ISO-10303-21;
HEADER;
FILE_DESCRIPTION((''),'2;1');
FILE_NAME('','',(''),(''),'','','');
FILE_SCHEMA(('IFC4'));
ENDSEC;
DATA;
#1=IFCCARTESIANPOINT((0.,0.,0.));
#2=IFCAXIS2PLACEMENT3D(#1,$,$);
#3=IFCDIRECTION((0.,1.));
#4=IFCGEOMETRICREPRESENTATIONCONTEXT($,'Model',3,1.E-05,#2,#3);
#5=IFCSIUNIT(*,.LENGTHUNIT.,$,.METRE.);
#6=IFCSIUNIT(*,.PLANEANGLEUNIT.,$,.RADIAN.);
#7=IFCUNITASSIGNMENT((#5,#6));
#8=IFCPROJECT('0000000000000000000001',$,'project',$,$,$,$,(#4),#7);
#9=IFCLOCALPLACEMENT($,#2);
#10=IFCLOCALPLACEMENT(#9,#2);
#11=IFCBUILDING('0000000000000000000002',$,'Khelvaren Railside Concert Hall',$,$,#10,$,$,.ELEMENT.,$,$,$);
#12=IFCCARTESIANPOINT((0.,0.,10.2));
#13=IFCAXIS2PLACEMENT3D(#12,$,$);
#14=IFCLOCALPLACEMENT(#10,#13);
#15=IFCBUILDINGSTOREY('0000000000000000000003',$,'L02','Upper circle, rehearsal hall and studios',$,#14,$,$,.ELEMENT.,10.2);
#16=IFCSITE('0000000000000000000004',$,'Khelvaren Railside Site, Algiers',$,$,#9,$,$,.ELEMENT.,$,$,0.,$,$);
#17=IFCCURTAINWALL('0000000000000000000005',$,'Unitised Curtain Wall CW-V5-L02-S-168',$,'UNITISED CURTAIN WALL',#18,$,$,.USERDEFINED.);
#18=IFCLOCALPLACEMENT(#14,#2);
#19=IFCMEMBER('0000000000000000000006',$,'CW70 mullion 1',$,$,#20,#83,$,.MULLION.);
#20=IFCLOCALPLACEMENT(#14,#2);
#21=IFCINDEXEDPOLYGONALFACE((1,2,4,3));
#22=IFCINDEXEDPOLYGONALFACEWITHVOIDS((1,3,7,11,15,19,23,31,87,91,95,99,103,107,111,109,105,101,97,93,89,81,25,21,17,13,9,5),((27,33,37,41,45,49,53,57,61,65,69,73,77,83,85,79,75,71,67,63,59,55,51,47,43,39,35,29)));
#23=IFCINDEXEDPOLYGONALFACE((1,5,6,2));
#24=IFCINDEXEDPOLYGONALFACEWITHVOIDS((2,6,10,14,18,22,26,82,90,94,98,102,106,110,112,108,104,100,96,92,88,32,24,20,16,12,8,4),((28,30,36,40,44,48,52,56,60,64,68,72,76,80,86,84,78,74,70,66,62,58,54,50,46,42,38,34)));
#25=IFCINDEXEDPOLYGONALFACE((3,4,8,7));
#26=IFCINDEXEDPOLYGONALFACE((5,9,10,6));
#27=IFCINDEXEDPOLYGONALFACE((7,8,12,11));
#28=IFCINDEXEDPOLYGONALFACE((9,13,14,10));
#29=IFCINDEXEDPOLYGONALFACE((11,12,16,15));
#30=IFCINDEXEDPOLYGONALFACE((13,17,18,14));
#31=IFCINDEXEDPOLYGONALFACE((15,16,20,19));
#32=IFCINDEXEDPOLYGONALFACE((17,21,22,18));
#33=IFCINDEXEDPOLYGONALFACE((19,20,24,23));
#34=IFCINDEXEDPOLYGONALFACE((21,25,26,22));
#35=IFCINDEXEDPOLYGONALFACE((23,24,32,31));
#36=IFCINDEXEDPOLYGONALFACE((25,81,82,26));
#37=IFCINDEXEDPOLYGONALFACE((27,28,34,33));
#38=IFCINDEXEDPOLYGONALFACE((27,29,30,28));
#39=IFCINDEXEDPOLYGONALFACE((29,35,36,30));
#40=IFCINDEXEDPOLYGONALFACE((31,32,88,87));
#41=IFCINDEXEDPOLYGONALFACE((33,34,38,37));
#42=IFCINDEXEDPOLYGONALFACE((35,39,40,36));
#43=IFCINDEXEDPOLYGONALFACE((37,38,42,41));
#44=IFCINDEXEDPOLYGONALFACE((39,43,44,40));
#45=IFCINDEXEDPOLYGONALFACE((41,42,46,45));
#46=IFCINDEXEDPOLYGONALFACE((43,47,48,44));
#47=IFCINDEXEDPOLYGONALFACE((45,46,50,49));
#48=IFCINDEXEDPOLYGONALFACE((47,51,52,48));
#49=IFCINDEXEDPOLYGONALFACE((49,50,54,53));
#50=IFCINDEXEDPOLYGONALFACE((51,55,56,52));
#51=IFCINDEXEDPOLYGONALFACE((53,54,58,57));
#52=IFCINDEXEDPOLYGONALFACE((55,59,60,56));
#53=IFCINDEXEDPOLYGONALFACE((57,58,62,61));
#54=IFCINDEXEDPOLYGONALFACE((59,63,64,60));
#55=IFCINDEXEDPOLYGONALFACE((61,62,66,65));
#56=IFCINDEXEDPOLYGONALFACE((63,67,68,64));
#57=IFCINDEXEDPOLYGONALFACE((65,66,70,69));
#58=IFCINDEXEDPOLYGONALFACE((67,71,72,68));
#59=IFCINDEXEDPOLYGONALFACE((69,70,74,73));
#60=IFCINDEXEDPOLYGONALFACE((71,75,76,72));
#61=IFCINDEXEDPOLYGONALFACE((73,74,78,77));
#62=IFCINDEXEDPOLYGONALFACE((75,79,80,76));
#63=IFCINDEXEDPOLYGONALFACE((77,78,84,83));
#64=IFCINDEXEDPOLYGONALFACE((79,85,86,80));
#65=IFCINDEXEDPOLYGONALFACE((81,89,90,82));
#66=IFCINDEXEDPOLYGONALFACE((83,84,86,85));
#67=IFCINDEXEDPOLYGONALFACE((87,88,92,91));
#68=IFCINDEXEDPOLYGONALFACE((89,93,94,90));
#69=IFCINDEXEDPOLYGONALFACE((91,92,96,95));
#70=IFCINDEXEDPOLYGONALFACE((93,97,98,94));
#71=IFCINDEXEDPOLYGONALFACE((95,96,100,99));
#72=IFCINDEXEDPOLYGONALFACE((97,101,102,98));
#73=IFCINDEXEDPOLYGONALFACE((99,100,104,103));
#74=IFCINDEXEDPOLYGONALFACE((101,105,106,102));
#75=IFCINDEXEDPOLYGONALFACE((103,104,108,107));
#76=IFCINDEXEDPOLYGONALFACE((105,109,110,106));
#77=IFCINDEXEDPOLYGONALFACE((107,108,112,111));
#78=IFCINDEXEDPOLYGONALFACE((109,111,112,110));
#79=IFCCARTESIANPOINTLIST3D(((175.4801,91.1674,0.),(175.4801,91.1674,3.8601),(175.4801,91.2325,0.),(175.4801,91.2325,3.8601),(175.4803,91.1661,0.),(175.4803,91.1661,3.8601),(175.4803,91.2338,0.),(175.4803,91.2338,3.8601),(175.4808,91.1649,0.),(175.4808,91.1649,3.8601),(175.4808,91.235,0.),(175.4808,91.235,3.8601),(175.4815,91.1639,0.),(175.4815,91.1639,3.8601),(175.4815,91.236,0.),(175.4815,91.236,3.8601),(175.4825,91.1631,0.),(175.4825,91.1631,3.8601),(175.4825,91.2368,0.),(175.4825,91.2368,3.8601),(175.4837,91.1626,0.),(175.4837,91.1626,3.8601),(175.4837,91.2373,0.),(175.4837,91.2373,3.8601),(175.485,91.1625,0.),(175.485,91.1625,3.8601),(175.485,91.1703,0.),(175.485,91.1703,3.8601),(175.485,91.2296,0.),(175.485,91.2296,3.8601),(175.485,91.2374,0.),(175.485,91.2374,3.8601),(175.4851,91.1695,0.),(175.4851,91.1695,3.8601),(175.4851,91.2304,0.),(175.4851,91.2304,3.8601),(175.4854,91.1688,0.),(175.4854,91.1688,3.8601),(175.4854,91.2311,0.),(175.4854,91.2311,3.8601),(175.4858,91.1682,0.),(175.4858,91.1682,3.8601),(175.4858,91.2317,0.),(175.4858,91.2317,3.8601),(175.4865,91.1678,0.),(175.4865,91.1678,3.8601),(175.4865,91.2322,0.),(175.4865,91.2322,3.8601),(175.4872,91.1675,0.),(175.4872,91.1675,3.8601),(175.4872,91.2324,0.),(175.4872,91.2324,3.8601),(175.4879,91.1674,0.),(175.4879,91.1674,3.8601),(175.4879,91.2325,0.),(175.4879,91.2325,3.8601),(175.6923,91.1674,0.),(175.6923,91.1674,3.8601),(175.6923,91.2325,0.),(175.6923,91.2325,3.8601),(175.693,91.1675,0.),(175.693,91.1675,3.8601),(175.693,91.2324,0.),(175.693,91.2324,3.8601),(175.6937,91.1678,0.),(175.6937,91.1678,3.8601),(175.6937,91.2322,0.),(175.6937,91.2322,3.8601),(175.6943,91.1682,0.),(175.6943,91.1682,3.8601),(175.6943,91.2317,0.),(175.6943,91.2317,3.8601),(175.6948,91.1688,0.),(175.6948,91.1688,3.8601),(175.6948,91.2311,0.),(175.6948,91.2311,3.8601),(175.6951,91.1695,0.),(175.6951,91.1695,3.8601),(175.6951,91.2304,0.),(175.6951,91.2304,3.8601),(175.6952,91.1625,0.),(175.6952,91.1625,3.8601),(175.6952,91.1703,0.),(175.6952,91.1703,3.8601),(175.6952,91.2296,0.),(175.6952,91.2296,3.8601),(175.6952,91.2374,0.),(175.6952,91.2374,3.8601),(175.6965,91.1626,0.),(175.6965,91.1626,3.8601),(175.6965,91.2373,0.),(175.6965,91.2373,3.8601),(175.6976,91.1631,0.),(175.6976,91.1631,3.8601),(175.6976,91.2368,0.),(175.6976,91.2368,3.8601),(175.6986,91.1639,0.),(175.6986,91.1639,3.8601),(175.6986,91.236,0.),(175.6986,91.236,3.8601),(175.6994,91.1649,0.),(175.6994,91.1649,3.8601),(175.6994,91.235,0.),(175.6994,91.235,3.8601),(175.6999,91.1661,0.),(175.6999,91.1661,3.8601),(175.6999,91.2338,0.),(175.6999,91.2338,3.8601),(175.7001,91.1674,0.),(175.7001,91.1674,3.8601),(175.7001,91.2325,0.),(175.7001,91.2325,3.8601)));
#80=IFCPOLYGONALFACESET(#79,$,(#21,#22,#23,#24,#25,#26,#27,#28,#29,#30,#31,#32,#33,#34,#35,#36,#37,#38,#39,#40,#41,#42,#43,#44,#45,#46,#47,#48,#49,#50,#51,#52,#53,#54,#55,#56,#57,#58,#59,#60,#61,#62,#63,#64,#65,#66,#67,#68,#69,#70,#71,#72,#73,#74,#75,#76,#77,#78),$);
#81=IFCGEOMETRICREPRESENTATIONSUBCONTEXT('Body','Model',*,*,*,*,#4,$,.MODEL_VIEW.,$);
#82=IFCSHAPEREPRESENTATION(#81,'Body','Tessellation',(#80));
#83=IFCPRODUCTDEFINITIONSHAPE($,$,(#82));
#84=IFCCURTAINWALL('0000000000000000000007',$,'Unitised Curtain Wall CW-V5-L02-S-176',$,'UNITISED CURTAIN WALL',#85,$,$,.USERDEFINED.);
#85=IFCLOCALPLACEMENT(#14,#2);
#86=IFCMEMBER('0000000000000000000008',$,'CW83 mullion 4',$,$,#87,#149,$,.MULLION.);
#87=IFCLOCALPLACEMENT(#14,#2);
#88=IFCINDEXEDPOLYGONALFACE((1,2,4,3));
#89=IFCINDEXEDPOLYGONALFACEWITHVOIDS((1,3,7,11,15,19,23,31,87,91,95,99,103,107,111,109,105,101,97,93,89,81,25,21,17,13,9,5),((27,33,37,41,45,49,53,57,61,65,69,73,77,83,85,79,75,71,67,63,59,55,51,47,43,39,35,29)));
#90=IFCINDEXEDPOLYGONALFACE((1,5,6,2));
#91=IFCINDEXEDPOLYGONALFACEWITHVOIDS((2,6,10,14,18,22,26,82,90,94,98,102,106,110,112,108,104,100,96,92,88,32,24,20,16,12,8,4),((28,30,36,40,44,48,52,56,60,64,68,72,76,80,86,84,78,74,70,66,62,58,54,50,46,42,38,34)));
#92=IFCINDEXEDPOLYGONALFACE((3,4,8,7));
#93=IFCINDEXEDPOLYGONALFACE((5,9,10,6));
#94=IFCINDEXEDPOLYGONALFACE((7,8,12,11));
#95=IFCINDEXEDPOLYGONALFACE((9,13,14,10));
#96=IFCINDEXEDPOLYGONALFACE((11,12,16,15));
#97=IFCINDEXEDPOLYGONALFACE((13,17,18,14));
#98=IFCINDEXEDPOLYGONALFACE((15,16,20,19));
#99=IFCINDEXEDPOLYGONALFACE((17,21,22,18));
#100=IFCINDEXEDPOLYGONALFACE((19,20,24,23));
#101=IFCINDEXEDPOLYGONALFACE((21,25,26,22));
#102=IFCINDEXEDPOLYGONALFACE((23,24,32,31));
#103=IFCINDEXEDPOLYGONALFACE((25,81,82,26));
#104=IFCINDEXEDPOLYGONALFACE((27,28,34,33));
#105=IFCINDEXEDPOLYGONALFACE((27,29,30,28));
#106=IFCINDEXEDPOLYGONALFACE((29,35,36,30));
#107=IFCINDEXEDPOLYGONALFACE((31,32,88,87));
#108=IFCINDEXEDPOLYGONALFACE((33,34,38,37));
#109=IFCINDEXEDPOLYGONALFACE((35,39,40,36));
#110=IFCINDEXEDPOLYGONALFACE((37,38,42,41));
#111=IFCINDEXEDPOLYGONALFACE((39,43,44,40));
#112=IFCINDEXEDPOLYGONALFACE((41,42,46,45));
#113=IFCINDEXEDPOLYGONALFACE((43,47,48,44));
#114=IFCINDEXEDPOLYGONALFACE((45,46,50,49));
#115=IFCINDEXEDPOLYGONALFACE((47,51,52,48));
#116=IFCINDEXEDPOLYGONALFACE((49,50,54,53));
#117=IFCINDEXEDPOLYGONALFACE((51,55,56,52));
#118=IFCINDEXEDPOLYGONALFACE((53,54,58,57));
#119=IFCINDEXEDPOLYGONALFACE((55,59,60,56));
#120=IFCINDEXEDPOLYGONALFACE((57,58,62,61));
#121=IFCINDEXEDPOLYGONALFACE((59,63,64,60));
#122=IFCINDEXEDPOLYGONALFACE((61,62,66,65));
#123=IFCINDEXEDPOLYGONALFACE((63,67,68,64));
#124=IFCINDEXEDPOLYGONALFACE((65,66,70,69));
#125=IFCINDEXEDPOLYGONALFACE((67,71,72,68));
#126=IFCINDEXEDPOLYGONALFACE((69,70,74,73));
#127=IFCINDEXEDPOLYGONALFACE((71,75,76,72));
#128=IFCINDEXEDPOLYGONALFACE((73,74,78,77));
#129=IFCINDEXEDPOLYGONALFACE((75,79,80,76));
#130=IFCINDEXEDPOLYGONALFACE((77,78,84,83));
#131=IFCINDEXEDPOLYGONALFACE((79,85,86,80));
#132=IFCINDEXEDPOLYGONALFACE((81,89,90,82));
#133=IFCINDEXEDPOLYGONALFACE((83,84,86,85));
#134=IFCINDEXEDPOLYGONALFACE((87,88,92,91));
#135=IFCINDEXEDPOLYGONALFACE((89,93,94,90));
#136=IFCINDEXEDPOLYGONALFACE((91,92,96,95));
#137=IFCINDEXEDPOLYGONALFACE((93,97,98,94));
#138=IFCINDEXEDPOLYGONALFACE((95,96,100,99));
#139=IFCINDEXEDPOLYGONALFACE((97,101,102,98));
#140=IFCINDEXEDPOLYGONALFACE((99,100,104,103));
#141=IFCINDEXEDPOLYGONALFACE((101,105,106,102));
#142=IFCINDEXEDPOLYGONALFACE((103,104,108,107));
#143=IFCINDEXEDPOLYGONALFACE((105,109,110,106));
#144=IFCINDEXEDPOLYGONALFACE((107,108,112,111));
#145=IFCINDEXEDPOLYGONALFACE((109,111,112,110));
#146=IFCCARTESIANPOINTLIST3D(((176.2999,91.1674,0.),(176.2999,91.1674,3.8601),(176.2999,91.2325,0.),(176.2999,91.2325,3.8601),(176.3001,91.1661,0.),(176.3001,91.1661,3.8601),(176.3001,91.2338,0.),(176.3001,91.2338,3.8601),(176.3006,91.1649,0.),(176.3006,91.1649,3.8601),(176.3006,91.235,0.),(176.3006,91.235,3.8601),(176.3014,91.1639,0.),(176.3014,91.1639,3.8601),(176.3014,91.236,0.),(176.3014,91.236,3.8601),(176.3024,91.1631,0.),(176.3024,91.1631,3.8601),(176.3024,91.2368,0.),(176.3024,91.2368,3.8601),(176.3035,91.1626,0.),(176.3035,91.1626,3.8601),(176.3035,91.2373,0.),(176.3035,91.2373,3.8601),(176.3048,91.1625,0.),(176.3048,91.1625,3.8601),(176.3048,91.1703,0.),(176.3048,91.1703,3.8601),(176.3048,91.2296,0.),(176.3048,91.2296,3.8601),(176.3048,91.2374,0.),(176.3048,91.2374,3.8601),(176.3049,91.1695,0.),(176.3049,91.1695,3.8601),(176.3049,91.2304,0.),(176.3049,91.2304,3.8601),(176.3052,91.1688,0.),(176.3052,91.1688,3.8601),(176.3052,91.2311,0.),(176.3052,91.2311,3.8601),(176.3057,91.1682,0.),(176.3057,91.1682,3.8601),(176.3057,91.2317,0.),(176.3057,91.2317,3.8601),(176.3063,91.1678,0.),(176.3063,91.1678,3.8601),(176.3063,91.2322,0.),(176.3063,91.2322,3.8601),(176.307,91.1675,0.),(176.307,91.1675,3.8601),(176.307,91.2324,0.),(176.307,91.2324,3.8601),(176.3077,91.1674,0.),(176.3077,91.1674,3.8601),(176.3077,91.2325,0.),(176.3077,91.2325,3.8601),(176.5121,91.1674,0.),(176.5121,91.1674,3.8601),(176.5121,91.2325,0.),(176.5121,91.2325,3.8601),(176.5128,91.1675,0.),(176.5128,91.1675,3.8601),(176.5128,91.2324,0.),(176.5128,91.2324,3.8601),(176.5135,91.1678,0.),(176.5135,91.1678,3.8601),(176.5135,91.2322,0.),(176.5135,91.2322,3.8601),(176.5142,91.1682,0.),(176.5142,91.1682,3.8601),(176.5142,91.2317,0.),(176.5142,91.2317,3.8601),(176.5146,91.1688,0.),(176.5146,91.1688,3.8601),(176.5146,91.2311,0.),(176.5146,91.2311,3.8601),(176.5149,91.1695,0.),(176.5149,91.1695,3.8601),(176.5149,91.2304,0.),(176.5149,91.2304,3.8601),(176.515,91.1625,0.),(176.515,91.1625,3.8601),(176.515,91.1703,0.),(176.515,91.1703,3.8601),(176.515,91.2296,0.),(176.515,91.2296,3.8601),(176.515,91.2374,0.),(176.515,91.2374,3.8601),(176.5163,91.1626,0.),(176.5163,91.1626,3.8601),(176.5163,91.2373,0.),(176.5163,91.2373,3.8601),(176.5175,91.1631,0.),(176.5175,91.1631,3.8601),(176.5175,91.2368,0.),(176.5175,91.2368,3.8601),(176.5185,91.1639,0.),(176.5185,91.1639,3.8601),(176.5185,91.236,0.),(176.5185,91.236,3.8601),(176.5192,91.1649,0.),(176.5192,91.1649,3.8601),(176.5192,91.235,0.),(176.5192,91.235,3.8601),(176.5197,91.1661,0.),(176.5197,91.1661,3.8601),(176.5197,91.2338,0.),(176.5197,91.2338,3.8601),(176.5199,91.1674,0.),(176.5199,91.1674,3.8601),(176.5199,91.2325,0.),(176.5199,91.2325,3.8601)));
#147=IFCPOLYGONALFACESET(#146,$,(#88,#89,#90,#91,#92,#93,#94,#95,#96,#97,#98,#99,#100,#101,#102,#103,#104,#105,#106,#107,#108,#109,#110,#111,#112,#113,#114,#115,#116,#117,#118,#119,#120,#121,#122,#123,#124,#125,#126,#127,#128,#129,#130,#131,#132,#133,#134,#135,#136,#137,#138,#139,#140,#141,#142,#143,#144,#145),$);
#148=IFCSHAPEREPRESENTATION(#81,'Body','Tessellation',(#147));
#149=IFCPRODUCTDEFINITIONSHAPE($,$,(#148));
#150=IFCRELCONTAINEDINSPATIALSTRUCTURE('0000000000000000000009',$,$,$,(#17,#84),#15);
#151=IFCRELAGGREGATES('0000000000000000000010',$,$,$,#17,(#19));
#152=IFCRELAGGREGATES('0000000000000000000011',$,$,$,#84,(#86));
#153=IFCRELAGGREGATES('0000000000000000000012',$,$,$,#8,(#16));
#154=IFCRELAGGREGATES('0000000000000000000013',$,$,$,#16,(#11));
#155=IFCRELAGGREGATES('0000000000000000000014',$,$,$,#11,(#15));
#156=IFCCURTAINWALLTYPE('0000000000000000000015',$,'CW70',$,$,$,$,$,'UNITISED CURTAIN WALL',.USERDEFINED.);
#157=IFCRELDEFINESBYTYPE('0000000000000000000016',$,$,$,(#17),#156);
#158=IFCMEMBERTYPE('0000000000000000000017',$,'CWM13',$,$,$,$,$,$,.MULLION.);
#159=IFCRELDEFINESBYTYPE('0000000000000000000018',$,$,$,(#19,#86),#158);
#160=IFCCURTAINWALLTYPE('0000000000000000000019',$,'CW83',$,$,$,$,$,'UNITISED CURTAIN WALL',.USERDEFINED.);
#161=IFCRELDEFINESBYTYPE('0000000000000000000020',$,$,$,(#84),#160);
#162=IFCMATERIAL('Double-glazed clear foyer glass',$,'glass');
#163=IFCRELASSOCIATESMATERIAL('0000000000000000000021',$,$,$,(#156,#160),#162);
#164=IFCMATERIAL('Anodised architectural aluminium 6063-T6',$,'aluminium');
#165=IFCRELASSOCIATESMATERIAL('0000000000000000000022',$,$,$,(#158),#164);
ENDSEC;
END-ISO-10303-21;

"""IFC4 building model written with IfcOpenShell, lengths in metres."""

from ifc_helpers import new_model, si_unit, direction, frame, origin, origin_2d, place, context, subcontext, project, spatial, hollow_rectangle, extrude, material, material_profile, profile_set, type_object, element, aggregate, save


model = new_model("IFC4")

# Units and contexts
model_context = context("Model", 3, precision=1e-05, world=origin(), true_north=direction((0.0, 1.0)))
body_context = subcontext(model_context, "Body", "Model", "MODEL_VIEW")
ifc_project = project(units=[si_unit("LENGTHUNIT", "METRE"), si_unit("PLANEANGLEUNIT", "RADIAN")], contexts=[model_context])

# Site, building, storey
site_placement = place(None, origin())
site = spatial("IfcSite", under=ifc_project, at=site_placement, Name="Khelvaren Railside Site, Algiers", CompositionType="ELEMENT", RefElevation=0.0)
building_placement = place(site_placement, origin())
building = spatial("IfcBuilding", under=site, at=building_placement, Name="Khelvaren Railside Concert Hall", CompositionType="ELEMENT")
storey_placement = place(building_placement, frame((0.0, 0.0, 10.2)))
storey = spatial("IfcBuildingStorey", under=building, at=storey_placement, Name="L02", Description="Upper circle, rehearsal hall and studios", CompositionType="ELEMENT", Elevation=10.2)

# Curtain walls, members
ifc_material_1 = material(Name="Double-glazed clear foyer glass", Category="glass")
curtain_wall_type_1 = type_object("IfcCurtainWallType", Name="CW70", ElementType="UNITISED CURTAIN WALL", PredefinedType="USERDEFINED", material=ifc_material_1)
curtain_wall_1_placement = place(storey_placement, origin())
curtain_wall_1 = element("IfcCurtainWall", 1, at=curtain_wall_1_placement, inside=storey, type_object=curtain_wall_type_1, Name="Unitised Curtain Wall CW-V5-L02-S-168", ObjectType="UNITISED CURTAIN WALL", PredefinedType="USERDEFINED")
ifc_material_2 = material(Name="Anodised architectural aluminium 6063-T6", Category="aluminium")
ifc_material_profile_1 = material_profile(ifc_material_2, hollow_rectangle(XDim=0.075, YDim=0.22, WallThickness=0.0049, InnerFilletRadius=0.0029, OuterFilletRadius=0.0049, at=origin_2d()), Name="CWM 75x220x5")
ifc_profile_set_1 = profile_set([ifc_material_profile_1], Name="Anodised architectural aluminium 6063-T6")
member_type_1 = type_object("IfcMemberType", Name="CWM13", PredefinedType="MULLION", material=ifc_profile_set_1)
member_1_placement = place(storey_placement, frame((175.5901, 91.2, 0.0), z_axis=(0.0, 0.0, 1.0), x_axis=(0.0, -1.0, 0.0)))
member_1 = element("IfcMember", 2, at=member_1_placement, type_object=member_type_1, Name="CW70 mullion 1", PredefinedType="MULLION", context=body_context, shape_type="SweptSolid", body=[
    extrude(hollow_rectangle(XDim=0.075, YDim=0.22, WallThickness=0.0049, InnerFilletRadius=0.0029, OuterFilletRadius=0.0049, at=origin_2d()), origin(), (0.0, 0.0, 1.0), 3.8601),
])
curtain_wall_type_2 = type_object("IfcCurtainWallType", Name="CW83", ElementType="UNITISED CURTAIN WALL", PredefinedType="USERDEFINED", material=ifc_material_1)
curtain_wall_2_placement = place(storey_placement, origin())
curtain_wall_2 = element("IfcCurtainWall", 3, at=curtain_wall_2_placement, inside=storey, type_object=curtain_wall_type_2, Name="Unitised Curtain Wall CW-V5-L02-S-176", ObjectType="UNITISED CURTAIN WALL", PredefinedType="USERDEFINED")
member_2_placement = place(storey_placement, frame((176.4099, 91.2, 0.0), z_axis=(0.0, 0.0, 1.0), x_axis=(0.0, -1.0, 0.0)))
member_2 = element("IfcMember", 4, at=member_2_placement, type_object=member_type_1, Name="CW83 mullion 4", PredefinedType="MULLION", context=body_context, shape_type="SweptSolid", body=[
    extrude(hollow_rectangle(XDim=0.075, YDim=0.22, WallThickness=0.0049, InnerFilletRadius=0.0029, OuterFilletRadius=0.0049, at=origin_2d()), origin(), (0.0, 0.0, 1.0), 3.8601),
])

aggregate(curtain_wall_1, [member_1])
aggregate(curtain_wall_2, [member_2])

save(model, "model.ifc")
